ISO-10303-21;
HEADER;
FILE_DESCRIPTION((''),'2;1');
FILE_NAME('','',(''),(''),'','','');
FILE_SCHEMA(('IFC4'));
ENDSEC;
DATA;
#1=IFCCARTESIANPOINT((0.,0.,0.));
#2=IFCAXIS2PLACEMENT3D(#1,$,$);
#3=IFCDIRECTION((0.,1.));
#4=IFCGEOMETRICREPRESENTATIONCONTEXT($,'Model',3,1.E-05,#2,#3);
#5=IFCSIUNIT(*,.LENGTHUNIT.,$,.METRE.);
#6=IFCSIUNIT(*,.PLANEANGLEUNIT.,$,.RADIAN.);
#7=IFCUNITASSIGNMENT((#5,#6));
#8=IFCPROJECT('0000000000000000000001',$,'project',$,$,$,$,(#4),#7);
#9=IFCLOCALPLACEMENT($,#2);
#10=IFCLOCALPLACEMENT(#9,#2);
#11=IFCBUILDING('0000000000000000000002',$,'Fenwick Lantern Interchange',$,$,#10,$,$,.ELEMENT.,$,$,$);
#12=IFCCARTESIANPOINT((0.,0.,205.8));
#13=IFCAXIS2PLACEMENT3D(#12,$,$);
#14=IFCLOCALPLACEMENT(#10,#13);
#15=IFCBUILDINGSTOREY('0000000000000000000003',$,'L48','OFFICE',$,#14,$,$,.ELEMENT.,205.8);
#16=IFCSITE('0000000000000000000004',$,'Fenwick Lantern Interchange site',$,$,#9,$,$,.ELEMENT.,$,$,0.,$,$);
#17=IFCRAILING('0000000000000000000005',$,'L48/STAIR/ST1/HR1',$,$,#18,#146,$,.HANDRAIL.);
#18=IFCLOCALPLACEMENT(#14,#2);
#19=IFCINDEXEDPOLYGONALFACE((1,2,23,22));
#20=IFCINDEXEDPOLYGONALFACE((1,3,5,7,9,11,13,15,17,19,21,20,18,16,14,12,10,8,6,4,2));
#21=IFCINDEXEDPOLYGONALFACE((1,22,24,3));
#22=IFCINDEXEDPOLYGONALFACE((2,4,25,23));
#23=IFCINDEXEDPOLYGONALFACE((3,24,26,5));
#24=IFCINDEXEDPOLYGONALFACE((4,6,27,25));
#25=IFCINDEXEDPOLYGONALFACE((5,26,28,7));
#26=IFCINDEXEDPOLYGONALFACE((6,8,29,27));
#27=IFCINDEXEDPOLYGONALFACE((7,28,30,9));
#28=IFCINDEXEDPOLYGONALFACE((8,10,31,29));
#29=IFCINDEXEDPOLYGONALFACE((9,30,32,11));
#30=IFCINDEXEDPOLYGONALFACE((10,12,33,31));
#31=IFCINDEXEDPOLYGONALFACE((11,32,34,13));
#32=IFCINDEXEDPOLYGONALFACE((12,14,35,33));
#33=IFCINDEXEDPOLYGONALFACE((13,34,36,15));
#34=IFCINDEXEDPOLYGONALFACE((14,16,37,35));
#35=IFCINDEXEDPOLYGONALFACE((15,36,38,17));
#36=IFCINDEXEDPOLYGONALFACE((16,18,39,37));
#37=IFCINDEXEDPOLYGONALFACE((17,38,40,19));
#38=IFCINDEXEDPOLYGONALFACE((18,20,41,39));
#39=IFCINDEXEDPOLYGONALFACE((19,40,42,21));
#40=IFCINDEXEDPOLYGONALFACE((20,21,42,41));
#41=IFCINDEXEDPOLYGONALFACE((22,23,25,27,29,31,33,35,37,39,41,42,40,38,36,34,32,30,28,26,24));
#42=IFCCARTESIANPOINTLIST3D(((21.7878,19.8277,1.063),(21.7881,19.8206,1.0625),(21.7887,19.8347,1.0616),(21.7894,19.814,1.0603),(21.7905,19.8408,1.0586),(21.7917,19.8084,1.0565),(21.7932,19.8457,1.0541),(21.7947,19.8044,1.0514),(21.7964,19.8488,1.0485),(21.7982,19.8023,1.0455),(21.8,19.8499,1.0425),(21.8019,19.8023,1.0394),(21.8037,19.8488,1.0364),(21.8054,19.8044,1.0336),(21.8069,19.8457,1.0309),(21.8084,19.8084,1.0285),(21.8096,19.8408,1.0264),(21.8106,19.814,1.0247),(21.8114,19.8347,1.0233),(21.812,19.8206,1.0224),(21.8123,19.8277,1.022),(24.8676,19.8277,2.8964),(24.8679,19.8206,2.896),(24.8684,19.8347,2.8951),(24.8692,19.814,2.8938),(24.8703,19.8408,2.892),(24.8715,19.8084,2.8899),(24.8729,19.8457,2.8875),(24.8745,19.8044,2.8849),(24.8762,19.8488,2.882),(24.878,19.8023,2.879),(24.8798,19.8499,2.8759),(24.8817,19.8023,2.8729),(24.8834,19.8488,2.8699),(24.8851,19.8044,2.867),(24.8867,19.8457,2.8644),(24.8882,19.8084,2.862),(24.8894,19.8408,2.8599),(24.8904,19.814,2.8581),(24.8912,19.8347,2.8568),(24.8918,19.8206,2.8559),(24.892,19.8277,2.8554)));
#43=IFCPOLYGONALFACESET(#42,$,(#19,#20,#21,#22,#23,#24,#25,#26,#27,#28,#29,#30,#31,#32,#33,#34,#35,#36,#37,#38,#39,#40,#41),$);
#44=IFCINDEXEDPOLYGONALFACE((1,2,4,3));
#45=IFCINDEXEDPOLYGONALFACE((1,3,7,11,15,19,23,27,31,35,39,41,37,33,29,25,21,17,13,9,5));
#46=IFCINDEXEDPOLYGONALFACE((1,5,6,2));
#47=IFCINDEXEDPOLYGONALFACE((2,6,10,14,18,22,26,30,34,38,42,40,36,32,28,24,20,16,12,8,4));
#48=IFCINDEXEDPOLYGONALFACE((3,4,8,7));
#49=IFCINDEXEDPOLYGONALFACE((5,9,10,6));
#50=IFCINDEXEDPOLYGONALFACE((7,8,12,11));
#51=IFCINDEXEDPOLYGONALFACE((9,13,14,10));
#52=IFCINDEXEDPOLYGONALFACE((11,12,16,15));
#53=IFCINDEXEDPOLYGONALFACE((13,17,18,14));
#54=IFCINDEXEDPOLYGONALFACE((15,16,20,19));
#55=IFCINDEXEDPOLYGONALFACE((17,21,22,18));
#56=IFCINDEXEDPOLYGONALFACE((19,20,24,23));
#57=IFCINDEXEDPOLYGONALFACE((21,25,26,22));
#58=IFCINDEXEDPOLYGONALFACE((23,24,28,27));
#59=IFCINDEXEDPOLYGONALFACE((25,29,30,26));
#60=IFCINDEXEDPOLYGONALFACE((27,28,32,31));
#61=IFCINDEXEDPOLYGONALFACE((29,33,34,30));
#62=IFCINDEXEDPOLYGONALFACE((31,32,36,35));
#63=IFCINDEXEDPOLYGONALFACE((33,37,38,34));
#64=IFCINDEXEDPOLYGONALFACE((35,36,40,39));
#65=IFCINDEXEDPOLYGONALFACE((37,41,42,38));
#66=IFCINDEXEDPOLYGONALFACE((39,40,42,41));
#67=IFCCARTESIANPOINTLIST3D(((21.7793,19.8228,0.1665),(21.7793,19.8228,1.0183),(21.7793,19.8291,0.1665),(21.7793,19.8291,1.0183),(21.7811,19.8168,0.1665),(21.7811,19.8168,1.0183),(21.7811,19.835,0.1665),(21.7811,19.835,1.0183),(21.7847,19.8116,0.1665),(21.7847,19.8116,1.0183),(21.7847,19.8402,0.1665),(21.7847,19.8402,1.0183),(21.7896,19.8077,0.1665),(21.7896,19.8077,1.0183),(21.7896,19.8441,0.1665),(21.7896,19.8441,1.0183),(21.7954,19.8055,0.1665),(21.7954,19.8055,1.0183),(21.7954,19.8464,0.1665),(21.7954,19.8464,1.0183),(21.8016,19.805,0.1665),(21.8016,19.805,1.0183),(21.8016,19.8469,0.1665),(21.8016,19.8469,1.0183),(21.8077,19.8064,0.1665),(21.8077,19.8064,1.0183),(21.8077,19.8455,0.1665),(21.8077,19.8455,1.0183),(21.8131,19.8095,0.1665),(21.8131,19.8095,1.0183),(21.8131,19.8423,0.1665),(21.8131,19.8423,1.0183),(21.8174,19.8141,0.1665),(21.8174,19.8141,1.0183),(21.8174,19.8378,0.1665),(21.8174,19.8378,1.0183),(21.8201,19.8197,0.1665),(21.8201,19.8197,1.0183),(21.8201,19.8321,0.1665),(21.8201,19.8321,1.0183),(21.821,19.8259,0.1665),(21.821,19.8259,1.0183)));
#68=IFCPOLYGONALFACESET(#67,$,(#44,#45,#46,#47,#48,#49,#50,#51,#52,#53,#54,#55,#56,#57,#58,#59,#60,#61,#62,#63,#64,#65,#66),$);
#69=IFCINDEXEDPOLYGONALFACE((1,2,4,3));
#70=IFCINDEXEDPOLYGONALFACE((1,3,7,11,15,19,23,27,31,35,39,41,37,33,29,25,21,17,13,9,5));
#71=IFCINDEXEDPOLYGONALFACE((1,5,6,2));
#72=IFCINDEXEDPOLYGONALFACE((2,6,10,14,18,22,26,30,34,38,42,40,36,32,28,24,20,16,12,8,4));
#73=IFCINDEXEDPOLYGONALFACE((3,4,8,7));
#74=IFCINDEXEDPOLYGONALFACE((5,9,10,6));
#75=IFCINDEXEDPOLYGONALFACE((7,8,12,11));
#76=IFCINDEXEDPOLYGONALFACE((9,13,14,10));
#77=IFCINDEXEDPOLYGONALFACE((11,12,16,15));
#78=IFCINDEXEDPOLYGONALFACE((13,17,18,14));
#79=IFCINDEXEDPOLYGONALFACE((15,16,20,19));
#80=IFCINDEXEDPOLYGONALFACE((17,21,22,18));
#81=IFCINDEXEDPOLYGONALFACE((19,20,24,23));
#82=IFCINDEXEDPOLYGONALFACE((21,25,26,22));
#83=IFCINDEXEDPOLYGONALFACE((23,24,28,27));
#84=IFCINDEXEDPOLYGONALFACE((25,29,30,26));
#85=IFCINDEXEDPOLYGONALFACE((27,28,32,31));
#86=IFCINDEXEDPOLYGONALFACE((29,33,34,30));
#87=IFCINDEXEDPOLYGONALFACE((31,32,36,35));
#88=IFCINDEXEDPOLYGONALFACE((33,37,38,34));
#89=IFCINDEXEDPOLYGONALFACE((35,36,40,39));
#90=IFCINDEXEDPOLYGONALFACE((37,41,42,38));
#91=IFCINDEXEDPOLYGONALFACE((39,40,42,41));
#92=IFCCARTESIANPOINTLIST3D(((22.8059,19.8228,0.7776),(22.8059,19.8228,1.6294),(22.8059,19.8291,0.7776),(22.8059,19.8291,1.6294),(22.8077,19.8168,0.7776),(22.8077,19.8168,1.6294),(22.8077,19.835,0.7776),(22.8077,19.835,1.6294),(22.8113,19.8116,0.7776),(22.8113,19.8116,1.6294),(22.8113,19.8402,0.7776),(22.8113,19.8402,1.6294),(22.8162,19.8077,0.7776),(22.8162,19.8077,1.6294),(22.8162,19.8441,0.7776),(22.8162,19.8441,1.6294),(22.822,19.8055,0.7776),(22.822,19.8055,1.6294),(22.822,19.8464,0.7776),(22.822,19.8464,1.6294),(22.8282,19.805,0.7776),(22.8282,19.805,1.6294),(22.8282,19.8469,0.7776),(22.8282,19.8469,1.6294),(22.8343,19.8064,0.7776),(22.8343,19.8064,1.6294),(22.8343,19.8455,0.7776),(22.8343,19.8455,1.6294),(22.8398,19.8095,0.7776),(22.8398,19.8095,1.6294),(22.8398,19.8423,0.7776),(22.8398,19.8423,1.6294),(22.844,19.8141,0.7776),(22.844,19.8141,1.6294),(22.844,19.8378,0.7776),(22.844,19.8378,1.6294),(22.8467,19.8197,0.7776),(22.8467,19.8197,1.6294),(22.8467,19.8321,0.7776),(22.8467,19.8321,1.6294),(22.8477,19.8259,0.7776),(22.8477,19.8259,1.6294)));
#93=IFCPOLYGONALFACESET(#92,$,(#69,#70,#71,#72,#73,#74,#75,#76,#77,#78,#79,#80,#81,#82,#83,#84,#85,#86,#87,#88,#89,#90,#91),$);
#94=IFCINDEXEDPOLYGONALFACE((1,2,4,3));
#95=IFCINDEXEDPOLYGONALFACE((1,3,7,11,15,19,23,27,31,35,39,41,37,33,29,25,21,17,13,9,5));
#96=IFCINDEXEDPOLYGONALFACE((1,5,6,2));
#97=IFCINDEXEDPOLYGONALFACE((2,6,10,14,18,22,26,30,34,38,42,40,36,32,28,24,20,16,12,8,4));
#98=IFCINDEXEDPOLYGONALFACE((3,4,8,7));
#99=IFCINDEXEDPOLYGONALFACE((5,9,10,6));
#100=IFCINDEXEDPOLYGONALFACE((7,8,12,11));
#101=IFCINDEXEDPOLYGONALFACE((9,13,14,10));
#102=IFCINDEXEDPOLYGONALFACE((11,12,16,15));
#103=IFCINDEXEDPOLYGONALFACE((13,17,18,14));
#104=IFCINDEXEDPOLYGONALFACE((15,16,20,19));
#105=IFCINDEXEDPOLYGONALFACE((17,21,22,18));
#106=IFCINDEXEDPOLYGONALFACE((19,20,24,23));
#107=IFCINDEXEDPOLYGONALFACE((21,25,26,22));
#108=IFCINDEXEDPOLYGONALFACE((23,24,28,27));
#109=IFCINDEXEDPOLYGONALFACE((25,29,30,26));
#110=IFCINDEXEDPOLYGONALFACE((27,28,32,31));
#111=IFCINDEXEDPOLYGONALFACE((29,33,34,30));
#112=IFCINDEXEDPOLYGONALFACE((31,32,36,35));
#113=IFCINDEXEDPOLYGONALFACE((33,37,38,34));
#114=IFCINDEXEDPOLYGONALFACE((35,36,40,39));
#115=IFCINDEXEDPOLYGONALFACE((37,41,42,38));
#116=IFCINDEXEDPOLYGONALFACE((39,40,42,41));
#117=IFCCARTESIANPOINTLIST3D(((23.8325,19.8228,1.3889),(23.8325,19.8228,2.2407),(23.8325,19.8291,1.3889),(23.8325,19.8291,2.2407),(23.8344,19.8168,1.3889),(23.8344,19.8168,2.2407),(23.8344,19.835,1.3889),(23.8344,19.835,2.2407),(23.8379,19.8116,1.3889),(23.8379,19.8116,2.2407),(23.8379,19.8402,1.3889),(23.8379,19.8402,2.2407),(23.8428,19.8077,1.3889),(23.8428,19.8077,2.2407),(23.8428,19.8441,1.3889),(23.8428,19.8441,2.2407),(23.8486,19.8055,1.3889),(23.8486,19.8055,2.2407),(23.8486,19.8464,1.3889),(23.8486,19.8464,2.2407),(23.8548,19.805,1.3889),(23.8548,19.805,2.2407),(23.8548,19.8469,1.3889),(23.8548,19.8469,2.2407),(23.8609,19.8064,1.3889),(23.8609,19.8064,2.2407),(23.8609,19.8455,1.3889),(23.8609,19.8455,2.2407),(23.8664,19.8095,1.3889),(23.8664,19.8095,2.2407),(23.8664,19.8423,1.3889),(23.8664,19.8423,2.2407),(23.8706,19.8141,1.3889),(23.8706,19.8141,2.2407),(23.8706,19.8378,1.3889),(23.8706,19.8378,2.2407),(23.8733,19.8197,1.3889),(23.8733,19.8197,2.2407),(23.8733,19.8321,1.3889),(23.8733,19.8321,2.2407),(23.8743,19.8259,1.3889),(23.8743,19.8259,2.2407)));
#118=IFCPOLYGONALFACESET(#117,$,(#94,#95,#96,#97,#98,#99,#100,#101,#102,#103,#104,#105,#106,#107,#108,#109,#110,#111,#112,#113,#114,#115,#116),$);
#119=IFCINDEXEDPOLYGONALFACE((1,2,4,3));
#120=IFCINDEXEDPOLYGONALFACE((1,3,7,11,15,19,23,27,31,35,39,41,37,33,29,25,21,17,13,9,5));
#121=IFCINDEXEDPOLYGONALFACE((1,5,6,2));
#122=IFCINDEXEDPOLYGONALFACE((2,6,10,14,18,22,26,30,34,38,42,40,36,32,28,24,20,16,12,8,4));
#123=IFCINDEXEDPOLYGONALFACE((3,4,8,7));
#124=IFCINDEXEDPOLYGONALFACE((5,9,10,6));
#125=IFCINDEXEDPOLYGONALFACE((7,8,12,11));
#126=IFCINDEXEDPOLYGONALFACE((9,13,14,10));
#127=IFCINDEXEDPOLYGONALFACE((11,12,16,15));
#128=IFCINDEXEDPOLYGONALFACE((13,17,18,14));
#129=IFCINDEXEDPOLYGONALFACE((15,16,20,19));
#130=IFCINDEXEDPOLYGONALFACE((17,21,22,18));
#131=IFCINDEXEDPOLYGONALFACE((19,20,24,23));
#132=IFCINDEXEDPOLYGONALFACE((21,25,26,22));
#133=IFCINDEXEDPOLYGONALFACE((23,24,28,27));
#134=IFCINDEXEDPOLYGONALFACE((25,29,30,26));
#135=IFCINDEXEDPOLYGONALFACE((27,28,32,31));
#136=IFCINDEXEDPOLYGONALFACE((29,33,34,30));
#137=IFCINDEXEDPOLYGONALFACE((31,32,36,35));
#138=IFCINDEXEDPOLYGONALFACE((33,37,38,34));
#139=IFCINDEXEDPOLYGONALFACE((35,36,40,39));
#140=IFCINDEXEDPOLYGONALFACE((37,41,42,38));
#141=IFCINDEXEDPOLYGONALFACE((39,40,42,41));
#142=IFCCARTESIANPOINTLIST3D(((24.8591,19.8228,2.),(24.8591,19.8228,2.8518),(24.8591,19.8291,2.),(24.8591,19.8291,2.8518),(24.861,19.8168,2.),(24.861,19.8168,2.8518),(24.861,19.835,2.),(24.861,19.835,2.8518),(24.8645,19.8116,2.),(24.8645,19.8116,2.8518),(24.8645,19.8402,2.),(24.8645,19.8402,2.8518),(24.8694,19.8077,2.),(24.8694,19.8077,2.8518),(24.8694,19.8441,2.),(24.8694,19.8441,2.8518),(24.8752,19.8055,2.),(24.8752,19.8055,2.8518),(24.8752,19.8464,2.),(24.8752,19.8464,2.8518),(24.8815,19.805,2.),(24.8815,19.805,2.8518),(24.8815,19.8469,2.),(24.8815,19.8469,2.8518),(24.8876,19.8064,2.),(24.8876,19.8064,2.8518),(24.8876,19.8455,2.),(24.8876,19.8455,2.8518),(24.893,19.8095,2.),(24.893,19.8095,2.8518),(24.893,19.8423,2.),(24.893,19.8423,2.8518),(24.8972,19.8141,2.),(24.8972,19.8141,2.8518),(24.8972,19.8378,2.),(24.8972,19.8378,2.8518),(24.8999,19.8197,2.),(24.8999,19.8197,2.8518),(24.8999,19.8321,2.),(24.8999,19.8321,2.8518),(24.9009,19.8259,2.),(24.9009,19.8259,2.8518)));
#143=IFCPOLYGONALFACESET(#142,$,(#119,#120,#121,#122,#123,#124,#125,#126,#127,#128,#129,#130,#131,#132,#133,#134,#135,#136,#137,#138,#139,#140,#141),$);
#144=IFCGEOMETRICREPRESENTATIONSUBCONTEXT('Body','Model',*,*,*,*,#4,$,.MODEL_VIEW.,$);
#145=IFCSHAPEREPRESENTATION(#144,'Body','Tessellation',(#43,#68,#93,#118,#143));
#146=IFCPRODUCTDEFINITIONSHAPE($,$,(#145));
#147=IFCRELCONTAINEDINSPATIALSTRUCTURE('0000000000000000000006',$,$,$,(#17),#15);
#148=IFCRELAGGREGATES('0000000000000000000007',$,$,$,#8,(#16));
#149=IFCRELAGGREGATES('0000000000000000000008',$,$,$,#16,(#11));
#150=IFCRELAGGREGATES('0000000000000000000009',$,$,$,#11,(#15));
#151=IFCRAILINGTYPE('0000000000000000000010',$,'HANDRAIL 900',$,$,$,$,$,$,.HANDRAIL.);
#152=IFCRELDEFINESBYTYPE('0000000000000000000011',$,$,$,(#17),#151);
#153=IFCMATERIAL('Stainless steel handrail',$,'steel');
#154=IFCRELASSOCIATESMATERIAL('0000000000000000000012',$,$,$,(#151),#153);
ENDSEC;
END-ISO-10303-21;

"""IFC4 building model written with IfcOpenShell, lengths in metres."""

from ifc_helpers import new_model, si_unit, direction, frame, origin, origin_2d, place, context, subcontext, project, spatial, circle, extrude, material, type_object, element, save


model = new_model("IFC4")

# Units and contexts
model_context = context("Model", 3, precision=1e-05, world=origin(), true_north=direction((0.0, 1.0)))
body_context = subcontext(model_context, "Body", "Model", "MODEL_VIEW")
ifc_project = project(units=[si_unit("LENGTHUNIT", "METRE"), si_unit("PLANEANGLEUNIT", "RADIAN")], contexts=[model_context])

# Site, building, storey
site_placement = place(None, origin())
site = spatial("IfcSite", under=ifc_project, at=site_placement, Name="Fenwick Lantern Interchange site", CompositionType="ELEMENT", RefElevation=0.0)
building_placement = place(site_placement, origin())
building = spatial("IfcBuilding", under=site, at=building_placement, Name="Fenwick Lantern Interchange", CompositionType="ELEMENT")
storey_placement = place(building_placement, frame((0.0, 0.0, 205.8)))
storey = spatial("IfcBuildingStorey", under=building, at=storey_placement, Name="L48", Description="OFFICE", CompositionType="ELEMENT", Elevation=205.8)

# Railing
ifc_material_1 = material(Name="Stainless steel handrail", Category="steel")
railing_type = type_object("IfcRailingType", Name="HANDRAIL 900", PredefinedType="HANDRAIL", material=ifc_material_1)
railing_1_placement = place(storey_placement, frame((21.8, 19.8259, 0.1665)))
element("IfcRailing", 1, at=railing_1_placement, inside=storey, type_object=railing_type, Name="L48/STAIR/ST1/HR1", PredefinedType="HANDRAIL", context=body_context, shape_type="SweptSolid", body=[
    extrude(circle(Radius=0.0239, at=origin_2d()), frame((0.0, 0.0, 0.876), z_axis=(0.859261, 0.0, 0.511538), x_axis=(0.0, 1.0, 0.0)), (0.0, 0.0, 1.0), 3.5842),
    extrude(circle(Radius=0.021, at=origin_2d()), origin(), (0.0, 0.0, 1.0), 0.8518),
    extrude(circle(Radius=0.021, at=origin_2d()), frame((1.0266, 0.0, 0.6111)), (0.0, 0.0, 1.0), 0.8518),
    extrude(circle(Radius=0.021, at=origin_2d()), frame((2.0532, 0.0, 1.2224)), (0.0, 0.0, 1.0), 0.8518),
    extrude(circle(Radius=0.021, at=origin_2d()), frame((3.0798, 0.0, 1.8335)), (0.0, 0.0, 1.0), 0.8518),
])

save(model, "model.ifc")
